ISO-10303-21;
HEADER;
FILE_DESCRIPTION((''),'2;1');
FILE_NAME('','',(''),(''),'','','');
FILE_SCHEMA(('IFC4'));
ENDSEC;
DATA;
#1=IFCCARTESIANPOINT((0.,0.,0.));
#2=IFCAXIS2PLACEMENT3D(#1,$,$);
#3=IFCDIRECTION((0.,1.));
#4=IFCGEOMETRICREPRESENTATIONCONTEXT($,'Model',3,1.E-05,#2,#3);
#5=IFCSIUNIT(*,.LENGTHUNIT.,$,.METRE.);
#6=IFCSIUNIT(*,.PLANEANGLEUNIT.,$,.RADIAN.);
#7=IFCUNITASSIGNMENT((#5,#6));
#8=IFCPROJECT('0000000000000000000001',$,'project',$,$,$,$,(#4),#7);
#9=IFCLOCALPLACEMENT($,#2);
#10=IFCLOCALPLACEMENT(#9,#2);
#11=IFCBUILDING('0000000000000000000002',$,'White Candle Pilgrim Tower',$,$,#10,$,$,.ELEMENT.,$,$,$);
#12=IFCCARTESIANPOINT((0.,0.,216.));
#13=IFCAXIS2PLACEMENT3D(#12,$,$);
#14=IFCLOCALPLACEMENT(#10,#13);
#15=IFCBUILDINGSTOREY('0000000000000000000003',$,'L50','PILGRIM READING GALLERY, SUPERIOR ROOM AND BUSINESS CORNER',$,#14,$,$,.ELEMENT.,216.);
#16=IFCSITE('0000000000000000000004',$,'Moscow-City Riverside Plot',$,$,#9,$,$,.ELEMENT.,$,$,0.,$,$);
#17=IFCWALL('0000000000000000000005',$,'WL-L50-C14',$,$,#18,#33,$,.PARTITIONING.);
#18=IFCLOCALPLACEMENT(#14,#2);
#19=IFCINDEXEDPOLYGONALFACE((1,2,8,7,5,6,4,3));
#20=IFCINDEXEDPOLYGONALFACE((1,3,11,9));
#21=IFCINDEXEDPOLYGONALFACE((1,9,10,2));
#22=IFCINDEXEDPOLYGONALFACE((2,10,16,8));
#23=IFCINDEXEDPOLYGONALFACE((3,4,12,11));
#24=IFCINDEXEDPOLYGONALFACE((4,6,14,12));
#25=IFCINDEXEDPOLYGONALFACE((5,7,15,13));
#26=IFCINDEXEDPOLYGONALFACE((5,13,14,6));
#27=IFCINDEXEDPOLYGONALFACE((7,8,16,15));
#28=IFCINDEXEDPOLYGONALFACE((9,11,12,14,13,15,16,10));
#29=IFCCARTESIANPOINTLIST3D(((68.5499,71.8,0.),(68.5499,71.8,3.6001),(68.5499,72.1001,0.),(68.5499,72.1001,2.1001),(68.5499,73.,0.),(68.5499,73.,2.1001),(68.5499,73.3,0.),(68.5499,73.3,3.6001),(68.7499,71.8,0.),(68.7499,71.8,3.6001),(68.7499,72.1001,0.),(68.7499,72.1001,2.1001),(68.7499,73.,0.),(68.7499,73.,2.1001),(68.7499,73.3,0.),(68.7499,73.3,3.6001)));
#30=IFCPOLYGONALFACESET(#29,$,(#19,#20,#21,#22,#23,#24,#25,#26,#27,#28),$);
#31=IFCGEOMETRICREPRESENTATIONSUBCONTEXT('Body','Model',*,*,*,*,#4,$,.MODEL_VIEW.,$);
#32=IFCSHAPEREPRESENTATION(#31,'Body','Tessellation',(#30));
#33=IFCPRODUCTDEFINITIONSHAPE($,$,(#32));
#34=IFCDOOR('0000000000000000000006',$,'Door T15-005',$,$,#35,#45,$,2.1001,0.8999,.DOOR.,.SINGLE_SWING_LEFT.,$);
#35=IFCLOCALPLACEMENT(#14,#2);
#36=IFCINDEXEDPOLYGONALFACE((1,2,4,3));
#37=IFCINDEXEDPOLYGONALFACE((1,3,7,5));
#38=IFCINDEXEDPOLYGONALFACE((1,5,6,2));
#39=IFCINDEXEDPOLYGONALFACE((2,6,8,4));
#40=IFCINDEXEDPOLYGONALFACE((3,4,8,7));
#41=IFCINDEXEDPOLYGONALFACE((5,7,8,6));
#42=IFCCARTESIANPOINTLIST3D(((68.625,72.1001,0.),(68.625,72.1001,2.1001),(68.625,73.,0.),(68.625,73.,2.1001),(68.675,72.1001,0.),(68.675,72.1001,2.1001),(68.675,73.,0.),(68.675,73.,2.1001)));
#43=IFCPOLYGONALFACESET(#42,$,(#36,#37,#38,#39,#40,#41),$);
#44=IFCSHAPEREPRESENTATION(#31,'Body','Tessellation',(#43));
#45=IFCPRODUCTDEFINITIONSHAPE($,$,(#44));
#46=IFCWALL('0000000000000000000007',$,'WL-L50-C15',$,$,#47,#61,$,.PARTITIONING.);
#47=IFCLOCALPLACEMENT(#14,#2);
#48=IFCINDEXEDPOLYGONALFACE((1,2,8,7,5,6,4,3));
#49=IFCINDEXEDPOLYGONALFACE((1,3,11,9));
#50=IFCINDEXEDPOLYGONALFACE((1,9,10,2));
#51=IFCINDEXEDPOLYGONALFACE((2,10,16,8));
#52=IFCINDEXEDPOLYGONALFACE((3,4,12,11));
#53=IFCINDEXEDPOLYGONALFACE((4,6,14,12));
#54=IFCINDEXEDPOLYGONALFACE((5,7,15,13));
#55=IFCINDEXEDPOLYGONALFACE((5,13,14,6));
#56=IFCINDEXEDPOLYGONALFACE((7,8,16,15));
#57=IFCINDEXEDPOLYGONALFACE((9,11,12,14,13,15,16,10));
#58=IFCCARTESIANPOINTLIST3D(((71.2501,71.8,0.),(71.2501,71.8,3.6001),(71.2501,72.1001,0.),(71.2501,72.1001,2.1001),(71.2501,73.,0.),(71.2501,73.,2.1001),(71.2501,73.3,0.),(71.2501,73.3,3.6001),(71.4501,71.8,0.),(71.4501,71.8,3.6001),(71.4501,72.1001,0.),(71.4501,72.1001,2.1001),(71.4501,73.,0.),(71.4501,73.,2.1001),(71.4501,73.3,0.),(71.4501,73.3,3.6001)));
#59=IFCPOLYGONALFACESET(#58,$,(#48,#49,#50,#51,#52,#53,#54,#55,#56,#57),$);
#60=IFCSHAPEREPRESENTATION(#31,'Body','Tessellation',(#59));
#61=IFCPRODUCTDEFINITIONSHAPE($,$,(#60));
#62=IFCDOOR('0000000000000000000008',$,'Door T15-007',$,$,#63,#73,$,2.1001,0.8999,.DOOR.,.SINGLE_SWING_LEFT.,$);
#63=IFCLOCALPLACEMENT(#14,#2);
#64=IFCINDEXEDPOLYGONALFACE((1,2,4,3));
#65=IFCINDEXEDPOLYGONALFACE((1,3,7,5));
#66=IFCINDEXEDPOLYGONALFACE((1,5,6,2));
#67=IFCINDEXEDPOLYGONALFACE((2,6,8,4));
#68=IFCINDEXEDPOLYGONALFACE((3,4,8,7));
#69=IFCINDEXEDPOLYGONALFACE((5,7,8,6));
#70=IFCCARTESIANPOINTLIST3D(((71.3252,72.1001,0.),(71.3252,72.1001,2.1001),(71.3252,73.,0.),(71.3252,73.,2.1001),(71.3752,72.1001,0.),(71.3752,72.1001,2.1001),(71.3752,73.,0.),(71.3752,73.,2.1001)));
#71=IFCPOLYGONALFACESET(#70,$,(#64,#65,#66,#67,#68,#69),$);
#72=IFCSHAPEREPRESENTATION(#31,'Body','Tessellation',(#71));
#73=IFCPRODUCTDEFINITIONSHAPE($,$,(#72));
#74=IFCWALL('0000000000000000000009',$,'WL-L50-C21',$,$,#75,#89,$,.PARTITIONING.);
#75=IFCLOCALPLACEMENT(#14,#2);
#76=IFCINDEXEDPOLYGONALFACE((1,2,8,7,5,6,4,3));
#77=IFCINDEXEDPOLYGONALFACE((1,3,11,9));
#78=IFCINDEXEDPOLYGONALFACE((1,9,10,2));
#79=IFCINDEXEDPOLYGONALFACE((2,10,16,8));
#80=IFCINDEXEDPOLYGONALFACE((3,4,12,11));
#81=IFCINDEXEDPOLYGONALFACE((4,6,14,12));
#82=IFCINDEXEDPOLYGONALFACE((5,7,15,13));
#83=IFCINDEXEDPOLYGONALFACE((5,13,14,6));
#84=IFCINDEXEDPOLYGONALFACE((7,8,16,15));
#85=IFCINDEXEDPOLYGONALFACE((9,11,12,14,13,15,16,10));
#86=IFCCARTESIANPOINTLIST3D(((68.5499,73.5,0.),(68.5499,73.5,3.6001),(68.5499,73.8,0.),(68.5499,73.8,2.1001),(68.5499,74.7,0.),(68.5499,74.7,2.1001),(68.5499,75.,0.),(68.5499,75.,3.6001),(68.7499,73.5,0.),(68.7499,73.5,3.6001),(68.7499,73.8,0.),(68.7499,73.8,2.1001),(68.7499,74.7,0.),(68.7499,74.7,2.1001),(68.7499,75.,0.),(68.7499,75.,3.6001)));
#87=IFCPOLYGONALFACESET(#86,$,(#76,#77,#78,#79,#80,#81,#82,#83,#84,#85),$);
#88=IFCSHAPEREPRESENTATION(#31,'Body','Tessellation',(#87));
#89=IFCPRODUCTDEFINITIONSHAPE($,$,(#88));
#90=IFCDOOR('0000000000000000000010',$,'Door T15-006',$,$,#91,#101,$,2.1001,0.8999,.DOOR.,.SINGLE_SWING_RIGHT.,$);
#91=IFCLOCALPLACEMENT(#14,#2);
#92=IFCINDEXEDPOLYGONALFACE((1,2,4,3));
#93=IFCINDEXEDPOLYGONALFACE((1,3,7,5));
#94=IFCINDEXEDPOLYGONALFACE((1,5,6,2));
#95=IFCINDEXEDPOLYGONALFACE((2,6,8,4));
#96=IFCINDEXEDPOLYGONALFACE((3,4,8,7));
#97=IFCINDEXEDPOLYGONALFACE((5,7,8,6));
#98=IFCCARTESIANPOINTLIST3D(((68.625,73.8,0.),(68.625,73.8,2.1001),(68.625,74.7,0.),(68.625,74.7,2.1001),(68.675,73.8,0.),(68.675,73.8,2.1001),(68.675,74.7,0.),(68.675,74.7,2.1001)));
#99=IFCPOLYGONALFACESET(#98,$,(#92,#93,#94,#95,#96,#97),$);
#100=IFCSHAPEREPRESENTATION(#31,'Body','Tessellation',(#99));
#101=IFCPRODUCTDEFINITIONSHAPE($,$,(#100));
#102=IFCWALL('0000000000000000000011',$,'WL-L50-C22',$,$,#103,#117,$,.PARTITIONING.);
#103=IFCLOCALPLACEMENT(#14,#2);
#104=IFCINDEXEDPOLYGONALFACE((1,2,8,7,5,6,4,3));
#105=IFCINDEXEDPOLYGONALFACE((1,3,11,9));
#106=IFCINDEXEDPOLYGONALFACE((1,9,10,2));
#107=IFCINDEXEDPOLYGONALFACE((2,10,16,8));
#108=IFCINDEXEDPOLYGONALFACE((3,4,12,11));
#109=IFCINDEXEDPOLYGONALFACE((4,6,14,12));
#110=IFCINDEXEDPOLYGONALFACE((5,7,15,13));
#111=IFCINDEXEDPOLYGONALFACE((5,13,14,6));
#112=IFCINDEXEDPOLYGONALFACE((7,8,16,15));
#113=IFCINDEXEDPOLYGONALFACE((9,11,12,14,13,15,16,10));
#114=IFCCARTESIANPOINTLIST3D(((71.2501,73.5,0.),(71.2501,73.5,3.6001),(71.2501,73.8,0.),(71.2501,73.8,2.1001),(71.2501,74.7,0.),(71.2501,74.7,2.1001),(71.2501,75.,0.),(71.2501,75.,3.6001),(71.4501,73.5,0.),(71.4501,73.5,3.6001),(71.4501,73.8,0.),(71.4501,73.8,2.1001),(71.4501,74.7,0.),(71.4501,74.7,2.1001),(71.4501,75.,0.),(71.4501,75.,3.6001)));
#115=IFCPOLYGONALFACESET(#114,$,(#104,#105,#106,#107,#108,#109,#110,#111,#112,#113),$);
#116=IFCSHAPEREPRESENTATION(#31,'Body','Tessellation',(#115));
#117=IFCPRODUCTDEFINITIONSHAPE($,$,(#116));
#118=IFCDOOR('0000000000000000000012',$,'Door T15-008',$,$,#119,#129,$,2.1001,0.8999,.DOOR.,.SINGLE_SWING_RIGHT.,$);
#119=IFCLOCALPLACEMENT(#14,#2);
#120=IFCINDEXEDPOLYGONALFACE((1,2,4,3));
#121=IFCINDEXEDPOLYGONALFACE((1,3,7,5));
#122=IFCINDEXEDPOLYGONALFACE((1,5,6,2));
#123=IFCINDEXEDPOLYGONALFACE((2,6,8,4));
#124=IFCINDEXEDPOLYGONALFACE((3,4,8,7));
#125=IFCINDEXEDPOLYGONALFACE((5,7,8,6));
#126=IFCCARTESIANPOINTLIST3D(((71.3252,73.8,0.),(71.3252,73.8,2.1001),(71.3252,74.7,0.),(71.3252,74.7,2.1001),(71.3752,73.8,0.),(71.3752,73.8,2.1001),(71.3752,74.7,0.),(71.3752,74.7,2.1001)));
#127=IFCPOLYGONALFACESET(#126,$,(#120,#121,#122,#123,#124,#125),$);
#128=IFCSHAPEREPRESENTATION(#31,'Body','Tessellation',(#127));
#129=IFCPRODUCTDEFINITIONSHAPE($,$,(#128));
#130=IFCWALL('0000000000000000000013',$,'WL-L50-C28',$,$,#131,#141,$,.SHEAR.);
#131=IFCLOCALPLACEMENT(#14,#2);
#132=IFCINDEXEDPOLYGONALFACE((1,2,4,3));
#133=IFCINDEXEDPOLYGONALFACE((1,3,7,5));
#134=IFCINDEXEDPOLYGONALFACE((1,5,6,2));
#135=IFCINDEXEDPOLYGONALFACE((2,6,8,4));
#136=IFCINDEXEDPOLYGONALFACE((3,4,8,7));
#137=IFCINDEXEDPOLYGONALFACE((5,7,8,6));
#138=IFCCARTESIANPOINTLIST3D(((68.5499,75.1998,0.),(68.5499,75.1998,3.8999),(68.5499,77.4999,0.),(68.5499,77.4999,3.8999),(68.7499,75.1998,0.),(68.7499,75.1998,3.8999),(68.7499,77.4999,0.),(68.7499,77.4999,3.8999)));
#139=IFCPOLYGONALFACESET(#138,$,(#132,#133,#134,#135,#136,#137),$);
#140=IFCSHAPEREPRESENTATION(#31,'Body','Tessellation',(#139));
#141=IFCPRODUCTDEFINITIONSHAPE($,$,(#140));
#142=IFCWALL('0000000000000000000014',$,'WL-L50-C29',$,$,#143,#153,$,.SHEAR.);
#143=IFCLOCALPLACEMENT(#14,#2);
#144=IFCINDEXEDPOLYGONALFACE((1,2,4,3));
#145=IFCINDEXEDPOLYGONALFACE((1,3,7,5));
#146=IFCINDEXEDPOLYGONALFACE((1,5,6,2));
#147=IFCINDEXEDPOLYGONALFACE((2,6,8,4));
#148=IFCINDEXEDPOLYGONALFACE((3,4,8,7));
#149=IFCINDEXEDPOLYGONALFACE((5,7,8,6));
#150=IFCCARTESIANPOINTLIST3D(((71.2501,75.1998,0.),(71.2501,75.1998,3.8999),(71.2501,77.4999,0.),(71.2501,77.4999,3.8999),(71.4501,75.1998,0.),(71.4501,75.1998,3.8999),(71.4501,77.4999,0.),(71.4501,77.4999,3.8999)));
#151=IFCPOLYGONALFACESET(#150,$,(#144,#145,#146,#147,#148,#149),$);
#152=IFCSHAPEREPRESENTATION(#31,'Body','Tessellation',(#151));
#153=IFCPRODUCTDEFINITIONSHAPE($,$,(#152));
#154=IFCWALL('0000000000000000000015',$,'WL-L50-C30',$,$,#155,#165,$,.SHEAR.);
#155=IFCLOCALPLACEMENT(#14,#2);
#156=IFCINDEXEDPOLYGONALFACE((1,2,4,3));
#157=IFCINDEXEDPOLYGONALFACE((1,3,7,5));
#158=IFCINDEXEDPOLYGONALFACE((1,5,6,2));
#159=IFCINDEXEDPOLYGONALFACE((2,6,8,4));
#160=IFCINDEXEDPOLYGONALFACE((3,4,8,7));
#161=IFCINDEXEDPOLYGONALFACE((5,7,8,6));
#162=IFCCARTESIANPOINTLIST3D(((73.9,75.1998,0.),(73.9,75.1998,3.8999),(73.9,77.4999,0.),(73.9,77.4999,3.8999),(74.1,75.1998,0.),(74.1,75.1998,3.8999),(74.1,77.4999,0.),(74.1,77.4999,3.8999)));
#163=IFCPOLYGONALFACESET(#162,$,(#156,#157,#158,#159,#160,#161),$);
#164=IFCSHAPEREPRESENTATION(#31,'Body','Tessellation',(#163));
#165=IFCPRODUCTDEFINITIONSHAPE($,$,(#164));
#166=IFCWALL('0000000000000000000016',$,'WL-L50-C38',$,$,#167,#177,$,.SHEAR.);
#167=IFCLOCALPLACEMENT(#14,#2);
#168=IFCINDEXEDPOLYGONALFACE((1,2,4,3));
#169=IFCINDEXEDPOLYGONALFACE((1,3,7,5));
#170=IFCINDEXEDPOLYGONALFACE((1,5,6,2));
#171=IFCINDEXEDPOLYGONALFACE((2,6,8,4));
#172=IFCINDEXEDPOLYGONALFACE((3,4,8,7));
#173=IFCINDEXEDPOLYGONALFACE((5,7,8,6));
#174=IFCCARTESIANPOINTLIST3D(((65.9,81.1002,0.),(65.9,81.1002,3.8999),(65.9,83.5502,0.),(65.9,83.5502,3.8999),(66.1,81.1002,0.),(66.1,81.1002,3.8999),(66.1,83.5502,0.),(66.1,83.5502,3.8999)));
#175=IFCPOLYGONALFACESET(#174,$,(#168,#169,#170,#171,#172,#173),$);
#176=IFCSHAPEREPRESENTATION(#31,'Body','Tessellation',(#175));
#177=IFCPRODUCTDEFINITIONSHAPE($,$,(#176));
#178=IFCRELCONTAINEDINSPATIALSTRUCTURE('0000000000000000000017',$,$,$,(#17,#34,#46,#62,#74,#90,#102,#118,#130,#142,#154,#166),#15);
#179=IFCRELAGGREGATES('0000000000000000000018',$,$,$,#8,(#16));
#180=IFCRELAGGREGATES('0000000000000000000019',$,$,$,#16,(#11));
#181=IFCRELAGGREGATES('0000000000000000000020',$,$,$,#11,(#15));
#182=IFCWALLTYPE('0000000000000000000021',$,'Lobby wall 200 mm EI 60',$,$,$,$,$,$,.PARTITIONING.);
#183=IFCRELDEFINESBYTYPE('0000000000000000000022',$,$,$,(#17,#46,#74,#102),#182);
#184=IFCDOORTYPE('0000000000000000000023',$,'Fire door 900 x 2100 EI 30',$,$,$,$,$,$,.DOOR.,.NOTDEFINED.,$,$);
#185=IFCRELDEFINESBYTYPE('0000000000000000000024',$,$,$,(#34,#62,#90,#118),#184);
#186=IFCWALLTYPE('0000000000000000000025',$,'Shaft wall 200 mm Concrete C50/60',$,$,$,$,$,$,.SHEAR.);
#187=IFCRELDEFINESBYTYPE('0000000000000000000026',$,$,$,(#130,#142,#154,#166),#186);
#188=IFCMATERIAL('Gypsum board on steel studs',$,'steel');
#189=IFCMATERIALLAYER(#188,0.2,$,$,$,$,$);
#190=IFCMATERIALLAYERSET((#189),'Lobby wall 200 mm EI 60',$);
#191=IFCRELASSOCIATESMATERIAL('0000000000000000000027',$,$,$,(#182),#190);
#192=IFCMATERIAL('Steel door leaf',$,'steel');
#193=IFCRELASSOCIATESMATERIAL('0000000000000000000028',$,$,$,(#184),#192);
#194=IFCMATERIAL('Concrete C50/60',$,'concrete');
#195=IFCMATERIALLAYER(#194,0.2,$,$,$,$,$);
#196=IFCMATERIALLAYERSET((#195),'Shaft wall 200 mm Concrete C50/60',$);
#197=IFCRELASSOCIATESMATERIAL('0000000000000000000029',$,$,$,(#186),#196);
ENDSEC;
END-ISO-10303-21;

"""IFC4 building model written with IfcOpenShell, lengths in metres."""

from ifc_helpers import new_model, si_unit, direction, frame, frame_2d, origin, place, context, subcontext, project, spatial, rectangle, extrude, material, layer, layer_set, type_object, element, fill, save


model = new_model("IFC4")

# Units and contexts
model_context = context("Model", 3, precision=1e-05, world=origin(), true_north=direction((0.0, 1.0)))
body_context = subcontext(model_context, "Body", "Model", "MODEL_VIEW")
ifc_project = project(units=[si_unit("LENGTHUNIT", "METRE"), si_unit("PLANEANGLEUNIT", "RADIAN")], contexts=[model_context])

# Site, building, storey
site_placement = place(None, origin())
site = spatial("IfcSite", under=ifc_project, at=site_placement, Name="Moscow-City Riverside Plot", CompositionType="ELEMENT", RefElevation=0.0)
building_placement = place(site_placement, origin())
building = spatial("IfcBuilding", under=site, at=building_placement, Name="White Candle Pilgrim Tower", CompositionType="ELEMENT")
storey_placement = place(building_placement, frame((0.0, 0.0, 216.0)))
storey = spatial("IfcBuildingStorey", under=building, at=storey_placement, Name="L50", Description="PILGRIM READING GALLERY, SUPERIOR ROOM AND BUSINESS CORNER", CompositionType="ELEMENT", Elevation=216.0)

# Walls, openings, doors
ifc_material_1 = material(Name="Gypsum board on steel studs", Category="steel")
ifc_layer_1 = layer(ifc_material_1, 0.2)
ifc_layer_set_1 = layer_set([ifc_layer_1], Name="Lobby wall 200 mm EI 60")
wall_type_1 = type_object("IfcWallType", Name="Lobby wall 200 mm EI 60", PredefinedType="PARTITIONING", material=ifc_layer_set_1)
wall_1_placement = place(storey_placement, frame((68.6499, 71.8, 0.0), z_axis=(0.0, 0.0, 1.0), x_axis=(0.0, 1.0, 0.0)))
wall_1 = element("IfcWall", 1, at=wall_1_placement, inside=storey, type_object=wall_type_1, Name="WL-L50-C14", PredefinedType="PARTITIONING", context=body_context, shape_type="SweptSolid", body=[
    extrude(rectangle(XDim=1.5, YDim=0.2, at=frame_2d((0.75, 0.0))), origin(), (0.0, 0.0, 1.0), 3.6001),
])
opening_1_placement = place(wall_1_placement, frame((0.3, 0.0, 0.0)))
opening_1 = element("IfcOpeningElement", 2, at=opening_1_placement, cuts=wall_1, PredefinedType="OPENING", context=body_context, shape_type="SweptSolid", body=[
    extrude(rectangle(XDim=0.8999, YDim=2.1001, at=frame_2d((0.45, 1.05))), frame((0.0, 0.1099, 0.0), z_axis=(0.0, -1.0, 0.0), x_axis=(1.0, 0.0, 0.0)), (0.0, 0.0, 1.0), 0.22),
])
ifc_material_2 = material(Name="Steel door leaf", Category="steel")
door_type_1 = type_object("IfcDoorType", Name="Fire door 900 x 2100 EI 30", OperationType="NOTDEFINED", PredefinedType="DOOR", material=ifc_material_2)
door_1_placement = place(opening_1_placement, origin())
door_1 = element("IfcDoor", 3, at=door_1_placement, inside=storey, type_object=door_type_1, Name="Door T15-005", OperationType="SINGLE_SWING_LEFT", OverallHeight=2.1001, OverallWidth=0.8999, PredefinedType="DOOR", context=body_context, shape_type="SweptSolid", body=[
    extrude(rectangle(XDim=0.8999, YDim=2.1001, at=frame_2d((0.45, 1.05))), frame((0.0, 0.0249, 0.0), z_axis=(0.0, -1.0, 0.0), x_axis=(1.0, 0.0, 0.0)), (0.0, 0.0, 1.0), 0.05),
])
fill(opening_1, door_1)
wall_2_placement = place(storey_placement, frame((71.3501, 71.8, 0.0), z_axis=(0.0, 0.0, 1.0), x_axis=(0.0, 1.0, 0.0)))
wall_2 = element("IfcWall", 4, at=wall_2_placement, inside=storey, type_object=wall_type_1, Name="WL-L50-C15", PredefinedType="PARTITIONING", context=body_context, shape_type="SweptSolid", body=[
    extrude(rectangle(XDim=1.5, YDim=0.2, at=frame_2d((0.75, 0.0))), origin(), (0.0, 0.0, 1.0), 3.6001),
])
opening_2_placement = place(wall_2_placement, frame((0.3, 0.0, 0.0)))
opening_2 = element("IfcOpeningElement", 5, at=opening_2_placement, cuts=wall_2, PredefinedType="OPENING", context=body_context, shape_type="SweptSolid", body=[
    extrude(rectangle(XDim=0.8999, YDim=2.1001, at=frame_2d((0.45, 1.05))), frame((0.0, 0.1099, 0.0), z_axis=(0.0, -1.0, 0.0), x_axis=(1.0, 0.0, 0.0)), (0.0, 0.0, 1.0), 0.22),
])
door_2_placement = place(opening_2_placement, origin())
door_2 = element("IfcDoor", 6, at=door_2_placement, inside=storey, type_object=door_type_1, Name="Door T15-007", OperationType="SINGLE_SWING_LEFT", OverallHeight=2.1001, OverallWidth=0.8999, PredefinedType="DOOR", context=body_context, shape_type="SweptSolid", body=[
    extrude(rectangle(XDim=0.8999, YDim=2.1001, at=frame_2d((0.45, 1.05))), frame((0.0, 0.0249, 0.0), z_axis=(0.0, -1.0, 0.0), x_axis=(1.0, 0.0, 0.0)), (0.0, 0.0, 1.0), 0.05),
])
fill(opening_2, door_2)
wall_3_placement = place(storey_placement, frame((68.6499, 73.5, 0.0), z_axis=(0.0, 0.0, 1.0), x_axis=(0.0, 1.0, 0.0)))
wall_3 = element("IfcWall", 7, at=wall_3_placement, inside=storey, type_object=wall_type_1, Name="WL-L50-C21", PredefinedType="PARTITIONING", context=body_context, shape_type="SweptSolid", body=[
    extrude(rectangle(XDim=1.5, YDim=0.2, at=frame_2d((0.75, 0.0))), origin(), (0.0, 0.0, 1.0), 3.6001),
])
opening_3_placement = place(wall_3_placement, frame((0.3, 0.0, 0.0)))
opening_3 = element("IfcOpeningElement", 8, at=opening_3_placement, cuts=wall_3, PredefinedType="OPENING", context=body_context, shape_type="SweptSolid", body=[
    extrude(rectangle(XDim=0.8999, YDim=2.1001, at=frame_2d((0.45, 1.05))), frame((0.0, 0.1099, 0.0), z_axis=(0.0, -1.0, 0.0), x_axis=(1.0, 0.0, 0.0)), (0.0, 0.0, 1.0), 0.22),
])
door_3_placement = place(opening_3_placement, origin())
door_3 = element("IfcDoor", 9, at=door_3_placement, inside=storey, type_object=door_type_1, Name="Door T15-006", OperationType="SINGLE_SWING_RIGHT", OverallHeight=2.1001, OverallWidth=0.8999, PredefinedType="DOOR", context=body_context, shape_type="SweptSolid", body=[
    extrude(rectangle(XDim=0.8999, YDim=2.1001, at=frame_2d((0.45, 1.05))), frame((0.0, 0.0249, 0.0), z_axis=(0.0, -1.0, 0.0), x_axis=(1.0, 0.0, 0.0)), (0.0, 0.0, 1.0), 0.05),
])
fill(opening_3, door_3)
wall_4_placement = place(storey_placement, frame((71.3501, 73.5, 0.0), z_axis=(0.0, 0.0, 1.0), x_axis=(0.0, 1.0, 0.0)))
wall_4 = element("IfcWall", 10, at=wall_4_placement, inside=storey, type_object=wall_type_1, Name="WL-L50-C22", PredefinedType="PARTITIONING", context=body_context, shape_type="SweptSolid", body=[
    extrude(rectangle(XDim=1.5, YDim=0.2, at=frame_2d((0.75, 0.0))), origin(), (0.0, 0.0, 1.0), 3.6001),
])
opening_4_placement = place(wall_4_placement, frame((0.3, 0.0, 0.0)))
opening_4 = element("IfcOpeningElement", 11, at=opening_4_placement, cuts=wall_4, PredefinedType="OPENING", context=body_context, shape_type="SweptSolid", body=[
    extrude(rectangle(XDim=0.8999, YDim=2.1001, at=frame_2d((0.45, 1.05))), frame((0.0, 0.1099, 0.0), z_axis=(0.0, -1.0, 0.0), x_axis=(1.0, 0.0, 0.0)), (0.0, 0.0, 1.0), 0.22),
])
door_4_placement = place(opening_4_placement, origin())
door_4 = element("IfcDoor", 12, at=door_4_placement, inside=storey, type_object=door_type_1, Name="Door T15-008", OperationType="SINGLE_SWING_RIGHT", OverallHeight=2.1001, OverallWidth=0.8999, PredefinedType="DOOR", context=body_context, shape_type="SweptSolid", body=[
    extrude(rectangle(XDim=0.8999, YDim=2.1001, at=frame_2d((0.45, 1.05))), frame((0.0, 0.0249, 0.0), z_axis=(0.0, -1.0, 0.0), x_axis=(1.0, 0.0, 0.0)), (0.0, 0.0, 1.0), 0.05),
])
fill(opening_4, door_4)

# Walls
ifc_material_3 = material(Name="Concrete C50/60", Category="concrete")
ifc_layer_2 = layer(ifc_material_3, 0.2)
ifc_layer_set_2 = layer_set([ifc_layer_2], Name="Shaft wall 200 mm Concrete C50/60")
wall_type_2 = type_object("IfcWallType", Name="Shaft wall 200 mm Concrete C50/60", PredefinedType="SHEAR", material=ifc_layer_set_2)
for number, where, z_axis, x_axis, name in (
    (13, (68.6499, 75.2, 0.0), (0.0, 0.0, 1.0), (0.0, 1.0, 0.0), "WL-L50-C28"),
    (14, (71.3501, 75.2, 0.0), (0.0, 0.0, 1.0), (0.0, 1.0, 0.0), "WL-L50-C29"),
    (15, (74.0, 75.2, 0.0), (0.0, 0.0, 1.0), (0.0, 1.0, 0.0), "WL-L50-C30"),
):
    element("IfcWall", number, at=place(storey_placement, frame(where, z_axis=z_axis, x_axis=x_axis)), inside=storey, type_object=wall_type_2, Name=name, PredefinedType="SHEAR", context=body_context, shape_type="SweptSolid", body=[
        extrude(rectangle(XDim=2.3, YDim=0.2, at=frame_2d((1.1499, 0.0))), origin(), (0.0, 0.0, 1.0), 3.8999),
    ])
for number, where, z_axis, x_axis, name in (
    (16, (66.0, 81.1001, 0.0), (0.0, 0.0, 1.0), (0.0, 1.0, 0.0), "WL-L50-C38"),
):
    element("IfcWall", number, at=place(storey_placement, frame(where, z_axis=z_axis, x_axis=x_axis)), inside=storey, type_object=wall_type_2, Name=name, PredefinedType="SHEAR", context=body_context, shape_type="SweptSolid", body=[
        extrude(rectangle(XDim=2.45, YDim=0.2, at=frame_2d((1.2251, 0.0))), origin(), (0.0, 0.0, 1.0), 3.8999),
    ])

save(model, "model.ifc")
